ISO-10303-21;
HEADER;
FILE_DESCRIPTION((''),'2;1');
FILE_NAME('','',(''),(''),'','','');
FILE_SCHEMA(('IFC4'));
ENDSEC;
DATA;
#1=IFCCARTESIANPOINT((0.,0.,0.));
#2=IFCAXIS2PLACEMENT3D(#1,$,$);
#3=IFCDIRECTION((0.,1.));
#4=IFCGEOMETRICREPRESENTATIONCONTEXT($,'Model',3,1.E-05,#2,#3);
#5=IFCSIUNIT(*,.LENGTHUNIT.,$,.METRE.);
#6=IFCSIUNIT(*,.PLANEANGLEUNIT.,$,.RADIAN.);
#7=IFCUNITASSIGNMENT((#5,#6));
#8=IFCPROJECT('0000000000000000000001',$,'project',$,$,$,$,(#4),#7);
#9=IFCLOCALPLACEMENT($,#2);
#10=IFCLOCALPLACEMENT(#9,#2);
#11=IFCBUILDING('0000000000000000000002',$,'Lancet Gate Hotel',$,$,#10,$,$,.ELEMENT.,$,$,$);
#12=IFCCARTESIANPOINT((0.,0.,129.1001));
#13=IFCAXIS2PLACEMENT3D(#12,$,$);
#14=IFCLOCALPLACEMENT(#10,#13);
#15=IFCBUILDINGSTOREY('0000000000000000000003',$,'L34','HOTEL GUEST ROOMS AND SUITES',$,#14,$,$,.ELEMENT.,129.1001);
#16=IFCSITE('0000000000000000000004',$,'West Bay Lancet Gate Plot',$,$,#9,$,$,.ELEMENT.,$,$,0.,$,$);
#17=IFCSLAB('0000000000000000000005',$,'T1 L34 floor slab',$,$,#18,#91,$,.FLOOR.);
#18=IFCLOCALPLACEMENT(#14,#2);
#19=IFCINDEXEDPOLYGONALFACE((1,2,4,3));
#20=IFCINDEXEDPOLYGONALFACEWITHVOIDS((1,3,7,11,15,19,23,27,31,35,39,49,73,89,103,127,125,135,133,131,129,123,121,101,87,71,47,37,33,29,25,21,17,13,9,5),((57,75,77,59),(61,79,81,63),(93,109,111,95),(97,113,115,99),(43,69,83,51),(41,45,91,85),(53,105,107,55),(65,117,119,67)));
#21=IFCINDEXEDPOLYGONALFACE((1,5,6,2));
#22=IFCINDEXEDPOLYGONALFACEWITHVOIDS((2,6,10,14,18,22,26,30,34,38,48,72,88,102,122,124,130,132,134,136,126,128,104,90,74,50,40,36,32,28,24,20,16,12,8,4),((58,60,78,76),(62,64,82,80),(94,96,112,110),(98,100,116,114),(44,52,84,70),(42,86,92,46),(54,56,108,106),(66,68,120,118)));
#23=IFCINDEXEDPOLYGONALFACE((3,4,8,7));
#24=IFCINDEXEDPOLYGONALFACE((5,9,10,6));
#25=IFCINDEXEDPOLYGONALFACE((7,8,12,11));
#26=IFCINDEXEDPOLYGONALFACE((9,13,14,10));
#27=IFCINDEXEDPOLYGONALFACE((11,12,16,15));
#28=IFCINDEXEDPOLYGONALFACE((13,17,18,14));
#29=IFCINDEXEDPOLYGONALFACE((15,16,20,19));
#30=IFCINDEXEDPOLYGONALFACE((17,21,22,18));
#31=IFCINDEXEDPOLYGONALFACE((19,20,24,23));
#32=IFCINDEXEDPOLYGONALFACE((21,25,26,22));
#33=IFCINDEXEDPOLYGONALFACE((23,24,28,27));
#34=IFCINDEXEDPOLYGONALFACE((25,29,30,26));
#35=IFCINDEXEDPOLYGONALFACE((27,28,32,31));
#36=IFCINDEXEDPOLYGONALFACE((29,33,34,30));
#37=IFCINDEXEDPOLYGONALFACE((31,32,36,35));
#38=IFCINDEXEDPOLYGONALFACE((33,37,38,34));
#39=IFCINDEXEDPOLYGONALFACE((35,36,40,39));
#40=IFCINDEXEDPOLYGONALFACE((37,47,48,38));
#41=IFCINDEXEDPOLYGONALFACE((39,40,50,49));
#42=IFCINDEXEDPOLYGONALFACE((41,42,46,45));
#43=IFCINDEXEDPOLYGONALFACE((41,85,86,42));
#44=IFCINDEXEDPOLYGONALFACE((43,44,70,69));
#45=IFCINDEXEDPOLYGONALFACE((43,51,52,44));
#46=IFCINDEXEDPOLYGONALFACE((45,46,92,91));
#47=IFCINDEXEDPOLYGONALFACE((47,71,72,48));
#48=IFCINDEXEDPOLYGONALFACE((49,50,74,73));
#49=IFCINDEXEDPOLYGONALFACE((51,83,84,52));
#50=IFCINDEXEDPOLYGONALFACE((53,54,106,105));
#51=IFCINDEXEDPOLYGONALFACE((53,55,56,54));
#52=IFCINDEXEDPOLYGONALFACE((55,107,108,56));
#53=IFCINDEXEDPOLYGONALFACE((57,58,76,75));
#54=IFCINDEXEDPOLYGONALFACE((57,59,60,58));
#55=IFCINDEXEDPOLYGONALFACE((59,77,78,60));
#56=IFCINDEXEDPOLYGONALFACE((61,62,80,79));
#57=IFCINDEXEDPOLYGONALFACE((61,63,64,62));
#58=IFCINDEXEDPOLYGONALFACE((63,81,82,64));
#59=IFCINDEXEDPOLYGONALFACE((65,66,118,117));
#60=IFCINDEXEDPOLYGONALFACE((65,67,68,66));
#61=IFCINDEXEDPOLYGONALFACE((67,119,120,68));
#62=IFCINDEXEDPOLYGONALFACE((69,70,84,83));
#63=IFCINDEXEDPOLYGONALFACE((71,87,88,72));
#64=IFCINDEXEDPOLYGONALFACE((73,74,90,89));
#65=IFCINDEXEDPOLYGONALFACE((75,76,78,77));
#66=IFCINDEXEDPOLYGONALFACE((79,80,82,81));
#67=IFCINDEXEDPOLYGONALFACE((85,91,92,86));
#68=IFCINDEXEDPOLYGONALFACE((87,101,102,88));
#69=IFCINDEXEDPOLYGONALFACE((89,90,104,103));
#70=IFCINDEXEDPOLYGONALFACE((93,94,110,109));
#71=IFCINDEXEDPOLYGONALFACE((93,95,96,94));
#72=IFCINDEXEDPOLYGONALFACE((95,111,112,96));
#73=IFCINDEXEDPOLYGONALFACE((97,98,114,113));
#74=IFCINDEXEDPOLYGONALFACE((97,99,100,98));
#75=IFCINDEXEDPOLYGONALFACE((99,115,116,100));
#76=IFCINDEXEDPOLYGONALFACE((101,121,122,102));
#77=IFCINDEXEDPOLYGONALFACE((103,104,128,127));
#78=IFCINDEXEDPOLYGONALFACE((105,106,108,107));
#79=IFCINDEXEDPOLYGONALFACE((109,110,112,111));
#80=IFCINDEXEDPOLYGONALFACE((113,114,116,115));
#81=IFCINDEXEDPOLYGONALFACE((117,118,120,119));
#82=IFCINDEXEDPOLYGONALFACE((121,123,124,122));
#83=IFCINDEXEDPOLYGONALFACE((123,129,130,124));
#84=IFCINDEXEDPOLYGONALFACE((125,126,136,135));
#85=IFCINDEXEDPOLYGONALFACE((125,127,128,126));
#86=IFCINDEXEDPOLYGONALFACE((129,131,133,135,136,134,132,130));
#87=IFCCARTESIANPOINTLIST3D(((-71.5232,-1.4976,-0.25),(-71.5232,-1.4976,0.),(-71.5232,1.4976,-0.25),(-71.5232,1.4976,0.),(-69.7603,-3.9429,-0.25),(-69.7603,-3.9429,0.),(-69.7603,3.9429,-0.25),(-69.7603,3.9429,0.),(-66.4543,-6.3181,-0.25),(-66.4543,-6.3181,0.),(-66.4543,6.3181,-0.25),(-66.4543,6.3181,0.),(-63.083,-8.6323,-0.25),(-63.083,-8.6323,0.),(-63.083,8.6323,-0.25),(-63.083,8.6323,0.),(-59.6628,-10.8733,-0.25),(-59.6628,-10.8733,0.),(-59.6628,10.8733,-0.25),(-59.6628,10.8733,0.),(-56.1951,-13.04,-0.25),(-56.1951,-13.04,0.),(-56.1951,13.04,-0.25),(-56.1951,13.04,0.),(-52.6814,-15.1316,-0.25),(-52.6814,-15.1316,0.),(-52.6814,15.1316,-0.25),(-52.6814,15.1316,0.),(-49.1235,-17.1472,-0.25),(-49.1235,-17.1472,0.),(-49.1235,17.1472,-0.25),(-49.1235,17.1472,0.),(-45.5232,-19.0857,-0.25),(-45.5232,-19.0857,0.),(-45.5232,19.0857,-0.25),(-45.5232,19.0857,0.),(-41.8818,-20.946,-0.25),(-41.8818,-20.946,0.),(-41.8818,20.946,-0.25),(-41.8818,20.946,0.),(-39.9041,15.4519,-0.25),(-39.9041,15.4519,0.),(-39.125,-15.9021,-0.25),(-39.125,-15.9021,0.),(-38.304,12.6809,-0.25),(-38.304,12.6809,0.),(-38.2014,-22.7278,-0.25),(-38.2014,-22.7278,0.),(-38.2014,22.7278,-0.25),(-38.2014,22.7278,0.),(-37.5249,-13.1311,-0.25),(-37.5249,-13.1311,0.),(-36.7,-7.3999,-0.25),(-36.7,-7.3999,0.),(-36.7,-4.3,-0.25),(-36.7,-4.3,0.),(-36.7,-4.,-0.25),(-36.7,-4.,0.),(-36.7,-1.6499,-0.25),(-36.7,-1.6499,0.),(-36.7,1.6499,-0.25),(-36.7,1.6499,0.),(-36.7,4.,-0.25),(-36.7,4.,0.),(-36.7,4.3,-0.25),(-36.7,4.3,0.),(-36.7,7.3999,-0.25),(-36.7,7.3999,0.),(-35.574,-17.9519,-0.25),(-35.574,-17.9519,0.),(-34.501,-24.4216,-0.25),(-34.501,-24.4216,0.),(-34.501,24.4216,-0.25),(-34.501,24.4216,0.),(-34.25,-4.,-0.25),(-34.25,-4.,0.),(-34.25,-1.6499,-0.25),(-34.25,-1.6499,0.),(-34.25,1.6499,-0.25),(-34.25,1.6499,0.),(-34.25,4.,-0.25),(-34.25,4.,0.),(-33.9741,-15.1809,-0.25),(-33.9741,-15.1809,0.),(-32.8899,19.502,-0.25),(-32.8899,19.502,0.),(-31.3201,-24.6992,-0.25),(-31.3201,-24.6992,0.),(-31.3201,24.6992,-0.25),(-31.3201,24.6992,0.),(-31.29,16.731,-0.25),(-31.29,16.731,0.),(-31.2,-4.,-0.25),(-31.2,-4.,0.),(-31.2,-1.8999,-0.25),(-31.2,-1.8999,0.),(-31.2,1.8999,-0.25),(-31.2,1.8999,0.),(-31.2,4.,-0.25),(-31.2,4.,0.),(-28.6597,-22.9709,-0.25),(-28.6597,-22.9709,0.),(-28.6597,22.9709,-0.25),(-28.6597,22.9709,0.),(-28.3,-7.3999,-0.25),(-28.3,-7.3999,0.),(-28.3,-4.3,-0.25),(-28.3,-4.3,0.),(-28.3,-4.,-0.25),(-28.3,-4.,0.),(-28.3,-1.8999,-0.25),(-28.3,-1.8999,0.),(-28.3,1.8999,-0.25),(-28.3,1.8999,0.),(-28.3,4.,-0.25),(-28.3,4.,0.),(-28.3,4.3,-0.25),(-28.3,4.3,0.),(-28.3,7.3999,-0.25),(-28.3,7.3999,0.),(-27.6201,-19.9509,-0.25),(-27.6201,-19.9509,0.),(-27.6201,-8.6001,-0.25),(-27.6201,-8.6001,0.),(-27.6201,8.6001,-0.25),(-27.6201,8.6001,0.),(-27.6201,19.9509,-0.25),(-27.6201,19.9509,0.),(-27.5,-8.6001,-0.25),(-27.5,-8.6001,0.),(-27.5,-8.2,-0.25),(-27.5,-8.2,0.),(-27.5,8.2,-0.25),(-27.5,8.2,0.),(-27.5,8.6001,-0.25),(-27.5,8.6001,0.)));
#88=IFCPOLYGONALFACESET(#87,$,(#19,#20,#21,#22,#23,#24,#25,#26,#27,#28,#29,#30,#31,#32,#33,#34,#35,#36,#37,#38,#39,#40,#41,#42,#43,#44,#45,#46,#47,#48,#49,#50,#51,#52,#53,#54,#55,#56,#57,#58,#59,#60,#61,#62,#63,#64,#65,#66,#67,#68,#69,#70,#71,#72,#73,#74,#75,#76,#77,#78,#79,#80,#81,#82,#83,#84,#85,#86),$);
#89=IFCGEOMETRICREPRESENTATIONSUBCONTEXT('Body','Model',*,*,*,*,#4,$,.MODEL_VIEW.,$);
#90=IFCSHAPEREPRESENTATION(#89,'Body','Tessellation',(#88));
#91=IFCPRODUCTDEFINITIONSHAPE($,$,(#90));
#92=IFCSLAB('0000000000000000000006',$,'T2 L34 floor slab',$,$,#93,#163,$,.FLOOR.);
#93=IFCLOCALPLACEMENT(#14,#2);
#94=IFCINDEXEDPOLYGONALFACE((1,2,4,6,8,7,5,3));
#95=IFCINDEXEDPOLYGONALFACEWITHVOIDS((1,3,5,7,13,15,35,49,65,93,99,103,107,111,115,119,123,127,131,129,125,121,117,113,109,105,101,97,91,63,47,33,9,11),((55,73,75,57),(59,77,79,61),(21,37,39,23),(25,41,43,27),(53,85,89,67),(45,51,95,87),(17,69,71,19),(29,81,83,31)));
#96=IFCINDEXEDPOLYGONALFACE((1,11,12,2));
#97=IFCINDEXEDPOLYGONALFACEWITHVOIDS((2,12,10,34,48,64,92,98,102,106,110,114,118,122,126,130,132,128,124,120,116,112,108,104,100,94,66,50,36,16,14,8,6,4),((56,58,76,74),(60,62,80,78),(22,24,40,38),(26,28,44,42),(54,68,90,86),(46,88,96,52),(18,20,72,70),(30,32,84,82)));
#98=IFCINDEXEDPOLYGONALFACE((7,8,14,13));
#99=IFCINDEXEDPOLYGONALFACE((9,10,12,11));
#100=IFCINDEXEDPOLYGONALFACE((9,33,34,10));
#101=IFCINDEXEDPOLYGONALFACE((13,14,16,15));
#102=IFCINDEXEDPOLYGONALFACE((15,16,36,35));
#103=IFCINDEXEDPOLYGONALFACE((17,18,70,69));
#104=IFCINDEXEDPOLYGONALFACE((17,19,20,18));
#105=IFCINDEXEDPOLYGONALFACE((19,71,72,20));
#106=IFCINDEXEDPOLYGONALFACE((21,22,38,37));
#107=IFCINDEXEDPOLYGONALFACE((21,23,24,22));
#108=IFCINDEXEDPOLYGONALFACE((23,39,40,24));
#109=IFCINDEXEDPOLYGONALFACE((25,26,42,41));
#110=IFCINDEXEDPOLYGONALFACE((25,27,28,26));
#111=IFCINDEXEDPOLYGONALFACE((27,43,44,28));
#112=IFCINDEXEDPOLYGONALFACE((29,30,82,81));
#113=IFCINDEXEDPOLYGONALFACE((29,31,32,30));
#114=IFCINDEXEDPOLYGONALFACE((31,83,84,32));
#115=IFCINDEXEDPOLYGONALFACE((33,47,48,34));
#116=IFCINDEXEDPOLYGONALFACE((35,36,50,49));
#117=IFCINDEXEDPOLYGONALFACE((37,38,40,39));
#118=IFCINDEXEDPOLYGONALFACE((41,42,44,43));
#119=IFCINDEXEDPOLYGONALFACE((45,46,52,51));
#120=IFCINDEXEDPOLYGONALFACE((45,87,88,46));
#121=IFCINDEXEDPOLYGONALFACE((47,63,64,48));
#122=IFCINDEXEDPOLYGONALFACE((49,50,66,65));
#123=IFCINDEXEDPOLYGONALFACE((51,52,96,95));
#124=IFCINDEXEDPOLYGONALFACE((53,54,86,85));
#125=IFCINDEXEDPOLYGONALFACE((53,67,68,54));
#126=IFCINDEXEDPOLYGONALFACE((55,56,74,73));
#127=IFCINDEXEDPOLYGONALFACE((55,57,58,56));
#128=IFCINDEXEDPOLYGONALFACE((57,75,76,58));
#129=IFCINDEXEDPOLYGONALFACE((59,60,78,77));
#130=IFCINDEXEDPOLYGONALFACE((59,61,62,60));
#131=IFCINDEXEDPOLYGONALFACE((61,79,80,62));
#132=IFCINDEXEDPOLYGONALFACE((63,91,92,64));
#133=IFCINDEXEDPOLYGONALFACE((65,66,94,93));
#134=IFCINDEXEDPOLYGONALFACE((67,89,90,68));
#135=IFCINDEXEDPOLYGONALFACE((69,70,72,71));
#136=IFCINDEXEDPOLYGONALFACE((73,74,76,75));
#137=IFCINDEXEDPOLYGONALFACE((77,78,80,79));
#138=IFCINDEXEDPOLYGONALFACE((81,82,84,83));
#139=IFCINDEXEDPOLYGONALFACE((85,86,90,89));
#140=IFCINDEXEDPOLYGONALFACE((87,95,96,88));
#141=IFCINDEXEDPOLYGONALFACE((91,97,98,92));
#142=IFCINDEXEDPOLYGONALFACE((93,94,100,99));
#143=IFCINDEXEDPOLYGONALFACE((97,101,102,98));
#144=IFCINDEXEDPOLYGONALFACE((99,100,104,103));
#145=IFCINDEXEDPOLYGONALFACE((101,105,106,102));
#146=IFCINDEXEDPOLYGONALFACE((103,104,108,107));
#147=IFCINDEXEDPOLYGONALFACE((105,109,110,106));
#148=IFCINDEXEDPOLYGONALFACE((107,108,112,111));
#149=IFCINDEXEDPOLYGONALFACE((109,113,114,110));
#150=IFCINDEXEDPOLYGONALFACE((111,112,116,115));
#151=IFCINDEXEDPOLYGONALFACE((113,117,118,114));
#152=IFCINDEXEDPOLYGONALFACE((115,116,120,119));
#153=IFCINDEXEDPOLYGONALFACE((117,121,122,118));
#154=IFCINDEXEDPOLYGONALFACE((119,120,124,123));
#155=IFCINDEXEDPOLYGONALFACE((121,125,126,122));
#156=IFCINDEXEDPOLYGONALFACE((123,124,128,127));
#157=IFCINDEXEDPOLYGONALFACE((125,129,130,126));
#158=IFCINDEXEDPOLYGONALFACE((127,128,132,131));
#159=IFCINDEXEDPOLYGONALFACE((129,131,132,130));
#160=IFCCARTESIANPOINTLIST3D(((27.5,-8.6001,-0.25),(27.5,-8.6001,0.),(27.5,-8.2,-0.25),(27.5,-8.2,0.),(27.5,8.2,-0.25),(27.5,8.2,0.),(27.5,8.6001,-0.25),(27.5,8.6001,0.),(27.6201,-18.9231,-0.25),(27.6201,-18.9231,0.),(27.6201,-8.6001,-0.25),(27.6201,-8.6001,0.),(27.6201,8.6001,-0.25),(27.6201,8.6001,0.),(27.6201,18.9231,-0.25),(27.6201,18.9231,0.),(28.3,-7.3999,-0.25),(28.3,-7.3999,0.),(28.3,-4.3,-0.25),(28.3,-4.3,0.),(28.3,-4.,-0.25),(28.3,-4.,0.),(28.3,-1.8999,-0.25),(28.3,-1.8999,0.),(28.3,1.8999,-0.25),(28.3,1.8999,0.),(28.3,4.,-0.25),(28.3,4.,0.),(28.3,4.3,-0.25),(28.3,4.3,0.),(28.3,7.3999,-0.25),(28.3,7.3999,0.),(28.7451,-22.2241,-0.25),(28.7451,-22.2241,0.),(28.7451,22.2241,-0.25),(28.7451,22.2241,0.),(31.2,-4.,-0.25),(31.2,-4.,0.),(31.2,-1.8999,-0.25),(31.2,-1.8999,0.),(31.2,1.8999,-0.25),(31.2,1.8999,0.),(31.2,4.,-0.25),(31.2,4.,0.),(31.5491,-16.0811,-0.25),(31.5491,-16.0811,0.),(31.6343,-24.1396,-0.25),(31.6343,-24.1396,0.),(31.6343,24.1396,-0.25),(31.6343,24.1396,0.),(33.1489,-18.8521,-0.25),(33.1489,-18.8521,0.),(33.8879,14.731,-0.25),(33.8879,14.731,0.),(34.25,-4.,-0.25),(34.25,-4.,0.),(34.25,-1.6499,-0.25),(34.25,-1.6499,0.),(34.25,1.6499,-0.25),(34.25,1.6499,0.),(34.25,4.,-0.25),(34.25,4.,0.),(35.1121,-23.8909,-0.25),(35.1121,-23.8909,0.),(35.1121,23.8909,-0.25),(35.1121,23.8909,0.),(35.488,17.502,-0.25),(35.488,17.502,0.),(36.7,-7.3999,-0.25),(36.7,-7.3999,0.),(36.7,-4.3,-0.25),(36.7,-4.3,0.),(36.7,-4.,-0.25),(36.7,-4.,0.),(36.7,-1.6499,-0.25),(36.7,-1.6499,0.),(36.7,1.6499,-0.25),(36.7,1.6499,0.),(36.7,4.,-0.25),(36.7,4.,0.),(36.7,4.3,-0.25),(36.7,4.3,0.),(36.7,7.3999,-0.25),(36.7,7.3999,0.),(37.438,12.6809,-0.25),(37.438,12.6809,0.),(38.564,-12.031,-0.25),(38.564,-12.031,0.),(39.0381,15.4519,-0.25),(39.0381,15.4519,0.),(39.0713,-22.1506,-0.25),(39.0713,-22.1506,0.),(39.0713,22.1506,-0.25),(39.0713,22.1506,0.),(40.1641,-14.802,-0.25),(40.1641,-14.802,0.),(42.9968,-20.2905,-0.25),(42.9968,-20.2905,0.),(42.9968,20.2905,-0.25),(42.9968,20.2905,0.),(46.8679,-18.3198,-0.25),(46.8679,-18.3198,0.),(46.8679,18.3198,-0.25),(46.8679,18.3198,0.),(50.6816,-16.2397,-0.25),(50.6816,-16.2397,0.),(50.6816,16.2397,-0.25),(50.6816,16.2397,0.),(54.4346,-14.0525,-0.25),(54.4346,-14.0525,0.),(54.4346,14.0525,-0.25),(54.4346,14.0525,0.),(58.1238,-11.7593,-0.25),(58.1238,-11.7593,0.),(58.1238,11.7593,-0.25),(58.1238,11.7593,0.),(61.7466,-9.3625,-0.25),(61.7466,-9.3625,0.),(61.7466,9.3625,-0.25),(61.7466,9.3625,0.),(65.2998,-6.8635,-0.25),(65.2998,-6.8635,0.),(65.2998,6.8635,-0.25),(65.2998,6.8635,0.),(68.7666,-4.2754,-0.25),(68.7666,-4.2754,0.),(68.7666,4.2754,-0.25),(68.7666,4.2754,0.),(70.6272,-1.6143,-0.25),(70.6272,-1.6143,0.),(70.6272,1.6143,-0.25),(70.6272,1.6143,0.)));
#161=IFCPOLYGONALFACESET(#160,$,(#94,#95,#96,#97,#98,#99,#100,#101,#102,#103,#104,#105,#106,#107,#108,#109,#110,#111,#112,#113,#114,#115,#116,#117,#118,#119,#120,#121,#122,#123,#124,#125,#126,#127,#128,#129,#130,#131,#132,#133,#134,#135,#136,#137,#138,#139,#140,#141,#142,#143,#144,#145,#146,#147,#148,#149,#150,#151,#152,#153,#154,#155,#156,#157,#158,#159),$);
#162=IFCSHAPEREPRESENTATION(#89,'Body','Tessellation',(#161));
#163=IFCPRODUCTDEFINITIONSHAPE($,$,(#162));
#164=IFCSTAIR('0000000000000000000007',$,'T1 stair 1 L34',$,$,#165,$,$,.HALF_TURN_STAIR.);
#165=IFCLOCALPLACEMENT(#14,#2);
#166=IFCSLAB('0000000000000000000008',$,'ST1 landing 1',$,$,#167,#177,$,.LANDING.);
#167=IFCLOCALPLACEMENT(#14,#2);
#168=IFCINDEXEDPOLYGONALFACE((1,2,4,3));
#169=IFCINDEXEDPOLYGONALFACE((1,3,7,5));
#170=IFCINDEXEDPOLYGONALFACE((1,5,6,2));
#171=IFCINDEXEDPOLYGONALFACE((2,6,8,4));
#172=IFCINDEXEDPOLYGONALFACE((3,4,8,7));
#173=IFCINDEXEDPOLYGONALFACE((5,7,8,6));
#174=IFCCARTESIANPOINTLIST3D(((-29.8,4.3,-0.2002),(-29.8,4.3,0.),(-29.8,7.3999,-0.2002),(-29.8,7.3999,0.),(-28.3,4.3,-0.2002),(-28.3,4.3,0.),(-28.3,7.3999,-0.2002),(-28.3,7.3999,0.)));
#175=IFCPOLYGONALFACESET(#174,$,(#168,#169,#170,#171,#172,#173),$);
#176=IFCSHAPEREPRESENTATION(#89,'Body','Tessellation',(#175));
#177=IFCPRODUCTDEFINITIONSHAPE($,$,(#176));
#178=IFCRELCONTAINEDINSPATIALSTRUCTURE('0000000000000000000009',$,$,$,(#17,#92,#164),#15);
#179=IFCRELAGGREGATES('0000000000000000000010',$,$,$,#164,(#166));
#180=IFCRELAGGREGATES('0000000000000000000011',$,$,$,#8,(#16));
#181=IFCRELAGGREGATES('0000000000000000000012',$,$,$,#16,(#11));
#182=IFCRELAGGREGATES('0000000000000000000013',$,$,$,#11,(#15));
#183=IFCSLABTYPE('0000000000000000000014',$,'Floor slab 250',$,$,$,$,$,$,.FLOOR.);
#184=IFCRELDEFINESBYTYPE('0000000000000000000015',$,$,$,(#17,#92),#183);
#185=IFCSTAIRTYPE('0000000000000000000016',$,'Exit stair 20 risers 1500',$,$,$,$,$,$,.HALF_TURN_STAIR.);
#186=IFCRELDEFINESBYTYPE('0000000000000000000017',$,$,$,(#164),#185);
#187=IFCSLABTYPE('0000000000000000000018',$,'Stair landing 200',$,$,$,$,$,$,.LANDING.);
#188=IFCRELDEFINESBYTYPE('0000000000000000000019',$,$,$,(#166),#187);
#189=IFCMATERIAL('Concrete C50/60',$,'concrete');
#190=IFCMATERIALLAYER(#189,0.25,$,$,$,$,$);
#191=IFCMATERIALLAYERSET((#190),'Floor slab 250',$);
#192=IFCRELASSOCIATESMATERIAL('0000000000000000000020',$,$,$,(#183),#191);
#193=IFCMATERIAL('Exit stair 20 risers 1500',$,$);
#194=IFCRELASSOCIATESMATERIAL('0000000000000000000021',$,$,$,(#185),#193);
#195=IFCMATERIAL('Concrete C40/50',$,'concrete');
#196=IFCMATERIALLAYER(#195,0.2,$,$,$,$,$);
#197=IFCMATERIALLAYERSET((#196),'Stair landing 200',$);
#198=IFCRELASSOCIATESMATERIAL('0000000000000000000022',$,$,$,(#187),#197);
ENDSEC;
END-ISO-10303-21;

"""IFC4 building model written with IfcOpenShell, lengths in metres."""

from ifc_helpers import new_model, si_unit, direction, frame, origin, place, context, subcontext, project, spatial, polyline, outline, extrude, material, layer, layer_set, type_object, element, aggregate, save


model = new_model("IFC4")

# Units and contexts
model_context = context("Model", 3, precision=1e-05, world=origin(), true_north=direction((0.0, 1.0)))
body_context = subcontext(model_context, "Body", "Model", "MODEL_VIEW")
ifc_project = project(units=[si_unit("LENGTHUNIT", "METRE"), si_unit("PLANEANGLEUNIT", "RADIAN")], contexts=[model_context])

# Site, building, storey
site_placement = place(None, origin())
site = spatial("IfcSite", under=ifc_project, at=site_placement, Name="West Bay Lancet Gate Plot", CompositionType="ELEMENT", RefElevation=0.0)
building_placement = place(site_placement, origin())
building = spatial("IfcBuilding", under=site, at=building_placement, Name="Lancet Gate Hotel", CompositionType="ELEMENT")
storey_placement = place(building_placement, frame((0.0, 0.0, 129.1001)))
storey = spatial("IfcBuildingStorey", under=building, at=storey_placement, Name="L34", Description="HOTEL GUEST ROOMS AND SUITES", CompositionType="ELEMENT", Elevation=129.1001)

# Slabs
ifc_material_1 = material(Name="Concrete C50/60", Category="concrete")
ifc_layer_1 = layer(ifc_material_1, 0.25)
ifc_layer_set_1 = layer_set([ifc_layer_1], Name="Floor slab 250")
slab_type_1 = type_object("IfcSlabType", Name="Floor slab 250", PredefinedType="FLOOR", material=ifc_layer_set_1)
slab_1_placement = place(storey_placement, frame((0.0, 0.0, -0.25)))
element("IfcSlab", 1, at=slab_1_placement, inside=storey, type_object=slab_type_1, Name="T1 L34 floor slab", PredefinedType="FLOOR", context=body_context, shape_type="SweptSolid", body=[
    extrude(outline(polyline([(-27.5, 8.6001), (-27.6201, 8.6001), (-27.6201, 19.9509), (-28.6597, 22.9709), (-31.3201, 24.6992), (-34.501, 24.4216), (-38.2014, 22.7278), (-41.8818, 20.946), (-45.5232, 19.0857), (-49.1235, 17.1472), (-52.6814, 15.1316), (-56.1951, 13.04), (-59.6628, 10.8733), (-63.083, 8.6323), (-66.4543, 6.3181), (-69.7603, 3.9429), (-71.5232, 1.4976), (-71.5232, -1.4976), (-69.7603, -3.9429), (-66.4543, -6.3181), (-63.083, -8.6323), (-59.6628, -10.8733), (-56.1951, -13.04), (-52.6814, -15.1316), (-49.1235, -17.1472), (-45.5232, -19.0857), (-41.8818, -20.946), (-38.2014, -22.7278), (-34.501, -24.4216), (-31.3201, -24.6992), (-28.6597, -22.9709), (-27.6201, -19.9509), (-27.6201, -8.6001), (-27.5, -8.6001), (-27.5, -8.2), (-27.5, 8.2), (-27.5, 8.6001)]), holes=[polyline([(-36.7, 7.3999), (-36.7, 4.3), (-28.3, 4.3), (-28.3, 7.3999), (-36.7, 7.3999)]), polyline([(-28.3, 4.0), (-31.2, 4.0), (-31.2, 1.8999), (-28.3, 1.8999), (-28.3, 4.0)]), polyline([(-34.25, 4.0), (-36.7, 4.0), (-36.7, 1.6499), (-34.25, 1.6499), (-34.25, 4.0)]), polyline([(-36.7, -1.6499), (-36.7, -4.0), (-34.25, -4.0), (-34.25, -1.6499), (-36.7, -1.6499)]), polyline([(-28.3, -1.8999), (-31.2, -1.8999), (-31.2, -4.0), (-28.3, -4.0), (-28.3, -1.8999)]), polyline([(-28.3, -4.3), (-36.7, -4.3), (-36.7, -7.3999), (-28.3, -7.3999), (-28.3, -4.3)]), polyline([(-31.29, 16.731), (-32.8899, 19.502), (-39.9041, 15.4519), (-38.304, 12.6809), (-31.29, 16.731)]), polyline([(-33.9741, -15.1809), (-37.5249, -13.1311), (-39.125, -15.9021), (-35.574, -17.9519), (-33.9741, -15.1809)])]), origin(), (0.0, 0.0, 1.0), 0.25),
])
slab_2_placement = place(storey_placement, frame((0.0, 0.0, -0.25)))
element("IfcSlab", 2, at=slab_2_placement, inside=storey, type_object=slab_type_1, Name="T2 L34 floor slab", PredefinedType="FLOOR", context=body_context, shape_type="SweptSolid", body=[
    extrude(outline(polyline([(27.5, -8.6001), (27.6201, -8.6001), (27.6201, -18.9231), (28.7451, -22.2241), (31.6343, -24.1396), (35.1121, -23.8909), (39.0713, -22.1506), (42.9968, -20.2905), (46.8679, -18.3198), (50.6816, -16.2397), (54.4346, -14.0525), (58.1238, -11.7593), (61.7466, -9.3625), (65.2998, -6.8635), (68.7666, -4.2754), (70.6272, -1.6143), (70.6272, 1.6143), (68.7666, 4.2754), (65.2998, 6.8635), (61.7466, 9.3625), (58.1238, 11.7593), (54.4346, 14.0525), (50.6816, 16.2397), (46.8679, 18.3198), (42.9968, 20.2905), (39.0713, 22.1506), (35.1121, 23.8909), (31.6343, 24.1396), (28.7451, 22.2241), (27.6201, 18.9231), (27.6201, 8.6001), (27.5, 8.6001), (27.5, 8.2), (27.5, -8.2), (27.5, -8.6001)]), holes=[polyline([(36.7, -7.3999), (36.7, -4.3), (28.3, -4.3), (28.3, -7.3999), (36.7, -7.3999)]), polyline([(28.3, -4.0), (31.2, -4.0), (31.2, -1.8999), (28.3, -1.8999), (28.3, -4.0)]), polyline([(34.25, -4.0), (36.7, -4.0), (36.7, -1.6499), (34.25, -1.6499), (34.25, -4.0)]), polyline([(36.7, 1.6499), (36.7, 4.0), (34.25, 4.0), (34.25, 1.6499), (36.7, 1.6499)]), polyline([(28.3, 1.8999), (31.2, 1.8999), (31.2, 4.0), (28.3, 4.0), (28.3, 1.8999)]), polyline([(28.3, 4.3), (36.7, 4.3), (36.7, 7.3999), (28.3, 7.3999), (28.3, 4.3)]), polyline([(31.5491, -16.0811), (33.1489, -18.8521), (40.1641, -14.802), (38.564, -12.031), (31.5491, -16.0811)]), polyline([(33.8879, 14.731), (37.438, 12.6809), (39.0381, 15.4519), (35.488, 17.502), (33.8879, 14.731)])]), origin(), (0.0, 0.0, 1.0), 0.25),
])

# Stair, slab
ifc_material_2 = material(Name="Exit stair 20 risers 1500")
stair_type = type_object("IfcStairType", Name="Exit stair 20 risers 1500", PredefinedType="HALF_TURN_STAIR", material=ifc_material_2)
stair_1_placement = place(storey_placement, origin())
stair_1 = element("IfcStair", 3, at=stair_1_placement, inside=storey, type_object=stair_type, Name="T1 stair 1 L34", PredefinedType="HALF_TURN_STAIR")
ifc_material_3 = material(Name="Concrete C40/50", Category="concrete")
ifc_layer_2 = layer(ifc_material_3, 0.2)
ifc_layer_set_2 = layer_set([ifc_layer_2], Name="Stair landing 200")
slab_type_2 = type_object("IfcSlabType", Name="Stair landing 200", PredefinedType="LANDING", material=ifc_layer_set_2)
slab_3_placement = place(storey_placement, frame((0.0, 0.0, -0.2002)))
slab_3 = element("IfcSlab", 4, at=slab_3_placement, type_object=slab_type_2, Name="ST1 landing 1", PredefinedType="LANDING", context=body_context, shape_type="SweptSolid", body=[
    extrude(outline(polyline([(-28.3, 7.3999), (-29.8, 7.3999), (-29.8, 4.3), (-28.3, 4.3), (-28.3, 7.3999)])), origin(), (0.0, 0.0, 1.0), 0.2002),
])
aggregate(stair_1, [slab_3])

save(model, "model.ifc")
